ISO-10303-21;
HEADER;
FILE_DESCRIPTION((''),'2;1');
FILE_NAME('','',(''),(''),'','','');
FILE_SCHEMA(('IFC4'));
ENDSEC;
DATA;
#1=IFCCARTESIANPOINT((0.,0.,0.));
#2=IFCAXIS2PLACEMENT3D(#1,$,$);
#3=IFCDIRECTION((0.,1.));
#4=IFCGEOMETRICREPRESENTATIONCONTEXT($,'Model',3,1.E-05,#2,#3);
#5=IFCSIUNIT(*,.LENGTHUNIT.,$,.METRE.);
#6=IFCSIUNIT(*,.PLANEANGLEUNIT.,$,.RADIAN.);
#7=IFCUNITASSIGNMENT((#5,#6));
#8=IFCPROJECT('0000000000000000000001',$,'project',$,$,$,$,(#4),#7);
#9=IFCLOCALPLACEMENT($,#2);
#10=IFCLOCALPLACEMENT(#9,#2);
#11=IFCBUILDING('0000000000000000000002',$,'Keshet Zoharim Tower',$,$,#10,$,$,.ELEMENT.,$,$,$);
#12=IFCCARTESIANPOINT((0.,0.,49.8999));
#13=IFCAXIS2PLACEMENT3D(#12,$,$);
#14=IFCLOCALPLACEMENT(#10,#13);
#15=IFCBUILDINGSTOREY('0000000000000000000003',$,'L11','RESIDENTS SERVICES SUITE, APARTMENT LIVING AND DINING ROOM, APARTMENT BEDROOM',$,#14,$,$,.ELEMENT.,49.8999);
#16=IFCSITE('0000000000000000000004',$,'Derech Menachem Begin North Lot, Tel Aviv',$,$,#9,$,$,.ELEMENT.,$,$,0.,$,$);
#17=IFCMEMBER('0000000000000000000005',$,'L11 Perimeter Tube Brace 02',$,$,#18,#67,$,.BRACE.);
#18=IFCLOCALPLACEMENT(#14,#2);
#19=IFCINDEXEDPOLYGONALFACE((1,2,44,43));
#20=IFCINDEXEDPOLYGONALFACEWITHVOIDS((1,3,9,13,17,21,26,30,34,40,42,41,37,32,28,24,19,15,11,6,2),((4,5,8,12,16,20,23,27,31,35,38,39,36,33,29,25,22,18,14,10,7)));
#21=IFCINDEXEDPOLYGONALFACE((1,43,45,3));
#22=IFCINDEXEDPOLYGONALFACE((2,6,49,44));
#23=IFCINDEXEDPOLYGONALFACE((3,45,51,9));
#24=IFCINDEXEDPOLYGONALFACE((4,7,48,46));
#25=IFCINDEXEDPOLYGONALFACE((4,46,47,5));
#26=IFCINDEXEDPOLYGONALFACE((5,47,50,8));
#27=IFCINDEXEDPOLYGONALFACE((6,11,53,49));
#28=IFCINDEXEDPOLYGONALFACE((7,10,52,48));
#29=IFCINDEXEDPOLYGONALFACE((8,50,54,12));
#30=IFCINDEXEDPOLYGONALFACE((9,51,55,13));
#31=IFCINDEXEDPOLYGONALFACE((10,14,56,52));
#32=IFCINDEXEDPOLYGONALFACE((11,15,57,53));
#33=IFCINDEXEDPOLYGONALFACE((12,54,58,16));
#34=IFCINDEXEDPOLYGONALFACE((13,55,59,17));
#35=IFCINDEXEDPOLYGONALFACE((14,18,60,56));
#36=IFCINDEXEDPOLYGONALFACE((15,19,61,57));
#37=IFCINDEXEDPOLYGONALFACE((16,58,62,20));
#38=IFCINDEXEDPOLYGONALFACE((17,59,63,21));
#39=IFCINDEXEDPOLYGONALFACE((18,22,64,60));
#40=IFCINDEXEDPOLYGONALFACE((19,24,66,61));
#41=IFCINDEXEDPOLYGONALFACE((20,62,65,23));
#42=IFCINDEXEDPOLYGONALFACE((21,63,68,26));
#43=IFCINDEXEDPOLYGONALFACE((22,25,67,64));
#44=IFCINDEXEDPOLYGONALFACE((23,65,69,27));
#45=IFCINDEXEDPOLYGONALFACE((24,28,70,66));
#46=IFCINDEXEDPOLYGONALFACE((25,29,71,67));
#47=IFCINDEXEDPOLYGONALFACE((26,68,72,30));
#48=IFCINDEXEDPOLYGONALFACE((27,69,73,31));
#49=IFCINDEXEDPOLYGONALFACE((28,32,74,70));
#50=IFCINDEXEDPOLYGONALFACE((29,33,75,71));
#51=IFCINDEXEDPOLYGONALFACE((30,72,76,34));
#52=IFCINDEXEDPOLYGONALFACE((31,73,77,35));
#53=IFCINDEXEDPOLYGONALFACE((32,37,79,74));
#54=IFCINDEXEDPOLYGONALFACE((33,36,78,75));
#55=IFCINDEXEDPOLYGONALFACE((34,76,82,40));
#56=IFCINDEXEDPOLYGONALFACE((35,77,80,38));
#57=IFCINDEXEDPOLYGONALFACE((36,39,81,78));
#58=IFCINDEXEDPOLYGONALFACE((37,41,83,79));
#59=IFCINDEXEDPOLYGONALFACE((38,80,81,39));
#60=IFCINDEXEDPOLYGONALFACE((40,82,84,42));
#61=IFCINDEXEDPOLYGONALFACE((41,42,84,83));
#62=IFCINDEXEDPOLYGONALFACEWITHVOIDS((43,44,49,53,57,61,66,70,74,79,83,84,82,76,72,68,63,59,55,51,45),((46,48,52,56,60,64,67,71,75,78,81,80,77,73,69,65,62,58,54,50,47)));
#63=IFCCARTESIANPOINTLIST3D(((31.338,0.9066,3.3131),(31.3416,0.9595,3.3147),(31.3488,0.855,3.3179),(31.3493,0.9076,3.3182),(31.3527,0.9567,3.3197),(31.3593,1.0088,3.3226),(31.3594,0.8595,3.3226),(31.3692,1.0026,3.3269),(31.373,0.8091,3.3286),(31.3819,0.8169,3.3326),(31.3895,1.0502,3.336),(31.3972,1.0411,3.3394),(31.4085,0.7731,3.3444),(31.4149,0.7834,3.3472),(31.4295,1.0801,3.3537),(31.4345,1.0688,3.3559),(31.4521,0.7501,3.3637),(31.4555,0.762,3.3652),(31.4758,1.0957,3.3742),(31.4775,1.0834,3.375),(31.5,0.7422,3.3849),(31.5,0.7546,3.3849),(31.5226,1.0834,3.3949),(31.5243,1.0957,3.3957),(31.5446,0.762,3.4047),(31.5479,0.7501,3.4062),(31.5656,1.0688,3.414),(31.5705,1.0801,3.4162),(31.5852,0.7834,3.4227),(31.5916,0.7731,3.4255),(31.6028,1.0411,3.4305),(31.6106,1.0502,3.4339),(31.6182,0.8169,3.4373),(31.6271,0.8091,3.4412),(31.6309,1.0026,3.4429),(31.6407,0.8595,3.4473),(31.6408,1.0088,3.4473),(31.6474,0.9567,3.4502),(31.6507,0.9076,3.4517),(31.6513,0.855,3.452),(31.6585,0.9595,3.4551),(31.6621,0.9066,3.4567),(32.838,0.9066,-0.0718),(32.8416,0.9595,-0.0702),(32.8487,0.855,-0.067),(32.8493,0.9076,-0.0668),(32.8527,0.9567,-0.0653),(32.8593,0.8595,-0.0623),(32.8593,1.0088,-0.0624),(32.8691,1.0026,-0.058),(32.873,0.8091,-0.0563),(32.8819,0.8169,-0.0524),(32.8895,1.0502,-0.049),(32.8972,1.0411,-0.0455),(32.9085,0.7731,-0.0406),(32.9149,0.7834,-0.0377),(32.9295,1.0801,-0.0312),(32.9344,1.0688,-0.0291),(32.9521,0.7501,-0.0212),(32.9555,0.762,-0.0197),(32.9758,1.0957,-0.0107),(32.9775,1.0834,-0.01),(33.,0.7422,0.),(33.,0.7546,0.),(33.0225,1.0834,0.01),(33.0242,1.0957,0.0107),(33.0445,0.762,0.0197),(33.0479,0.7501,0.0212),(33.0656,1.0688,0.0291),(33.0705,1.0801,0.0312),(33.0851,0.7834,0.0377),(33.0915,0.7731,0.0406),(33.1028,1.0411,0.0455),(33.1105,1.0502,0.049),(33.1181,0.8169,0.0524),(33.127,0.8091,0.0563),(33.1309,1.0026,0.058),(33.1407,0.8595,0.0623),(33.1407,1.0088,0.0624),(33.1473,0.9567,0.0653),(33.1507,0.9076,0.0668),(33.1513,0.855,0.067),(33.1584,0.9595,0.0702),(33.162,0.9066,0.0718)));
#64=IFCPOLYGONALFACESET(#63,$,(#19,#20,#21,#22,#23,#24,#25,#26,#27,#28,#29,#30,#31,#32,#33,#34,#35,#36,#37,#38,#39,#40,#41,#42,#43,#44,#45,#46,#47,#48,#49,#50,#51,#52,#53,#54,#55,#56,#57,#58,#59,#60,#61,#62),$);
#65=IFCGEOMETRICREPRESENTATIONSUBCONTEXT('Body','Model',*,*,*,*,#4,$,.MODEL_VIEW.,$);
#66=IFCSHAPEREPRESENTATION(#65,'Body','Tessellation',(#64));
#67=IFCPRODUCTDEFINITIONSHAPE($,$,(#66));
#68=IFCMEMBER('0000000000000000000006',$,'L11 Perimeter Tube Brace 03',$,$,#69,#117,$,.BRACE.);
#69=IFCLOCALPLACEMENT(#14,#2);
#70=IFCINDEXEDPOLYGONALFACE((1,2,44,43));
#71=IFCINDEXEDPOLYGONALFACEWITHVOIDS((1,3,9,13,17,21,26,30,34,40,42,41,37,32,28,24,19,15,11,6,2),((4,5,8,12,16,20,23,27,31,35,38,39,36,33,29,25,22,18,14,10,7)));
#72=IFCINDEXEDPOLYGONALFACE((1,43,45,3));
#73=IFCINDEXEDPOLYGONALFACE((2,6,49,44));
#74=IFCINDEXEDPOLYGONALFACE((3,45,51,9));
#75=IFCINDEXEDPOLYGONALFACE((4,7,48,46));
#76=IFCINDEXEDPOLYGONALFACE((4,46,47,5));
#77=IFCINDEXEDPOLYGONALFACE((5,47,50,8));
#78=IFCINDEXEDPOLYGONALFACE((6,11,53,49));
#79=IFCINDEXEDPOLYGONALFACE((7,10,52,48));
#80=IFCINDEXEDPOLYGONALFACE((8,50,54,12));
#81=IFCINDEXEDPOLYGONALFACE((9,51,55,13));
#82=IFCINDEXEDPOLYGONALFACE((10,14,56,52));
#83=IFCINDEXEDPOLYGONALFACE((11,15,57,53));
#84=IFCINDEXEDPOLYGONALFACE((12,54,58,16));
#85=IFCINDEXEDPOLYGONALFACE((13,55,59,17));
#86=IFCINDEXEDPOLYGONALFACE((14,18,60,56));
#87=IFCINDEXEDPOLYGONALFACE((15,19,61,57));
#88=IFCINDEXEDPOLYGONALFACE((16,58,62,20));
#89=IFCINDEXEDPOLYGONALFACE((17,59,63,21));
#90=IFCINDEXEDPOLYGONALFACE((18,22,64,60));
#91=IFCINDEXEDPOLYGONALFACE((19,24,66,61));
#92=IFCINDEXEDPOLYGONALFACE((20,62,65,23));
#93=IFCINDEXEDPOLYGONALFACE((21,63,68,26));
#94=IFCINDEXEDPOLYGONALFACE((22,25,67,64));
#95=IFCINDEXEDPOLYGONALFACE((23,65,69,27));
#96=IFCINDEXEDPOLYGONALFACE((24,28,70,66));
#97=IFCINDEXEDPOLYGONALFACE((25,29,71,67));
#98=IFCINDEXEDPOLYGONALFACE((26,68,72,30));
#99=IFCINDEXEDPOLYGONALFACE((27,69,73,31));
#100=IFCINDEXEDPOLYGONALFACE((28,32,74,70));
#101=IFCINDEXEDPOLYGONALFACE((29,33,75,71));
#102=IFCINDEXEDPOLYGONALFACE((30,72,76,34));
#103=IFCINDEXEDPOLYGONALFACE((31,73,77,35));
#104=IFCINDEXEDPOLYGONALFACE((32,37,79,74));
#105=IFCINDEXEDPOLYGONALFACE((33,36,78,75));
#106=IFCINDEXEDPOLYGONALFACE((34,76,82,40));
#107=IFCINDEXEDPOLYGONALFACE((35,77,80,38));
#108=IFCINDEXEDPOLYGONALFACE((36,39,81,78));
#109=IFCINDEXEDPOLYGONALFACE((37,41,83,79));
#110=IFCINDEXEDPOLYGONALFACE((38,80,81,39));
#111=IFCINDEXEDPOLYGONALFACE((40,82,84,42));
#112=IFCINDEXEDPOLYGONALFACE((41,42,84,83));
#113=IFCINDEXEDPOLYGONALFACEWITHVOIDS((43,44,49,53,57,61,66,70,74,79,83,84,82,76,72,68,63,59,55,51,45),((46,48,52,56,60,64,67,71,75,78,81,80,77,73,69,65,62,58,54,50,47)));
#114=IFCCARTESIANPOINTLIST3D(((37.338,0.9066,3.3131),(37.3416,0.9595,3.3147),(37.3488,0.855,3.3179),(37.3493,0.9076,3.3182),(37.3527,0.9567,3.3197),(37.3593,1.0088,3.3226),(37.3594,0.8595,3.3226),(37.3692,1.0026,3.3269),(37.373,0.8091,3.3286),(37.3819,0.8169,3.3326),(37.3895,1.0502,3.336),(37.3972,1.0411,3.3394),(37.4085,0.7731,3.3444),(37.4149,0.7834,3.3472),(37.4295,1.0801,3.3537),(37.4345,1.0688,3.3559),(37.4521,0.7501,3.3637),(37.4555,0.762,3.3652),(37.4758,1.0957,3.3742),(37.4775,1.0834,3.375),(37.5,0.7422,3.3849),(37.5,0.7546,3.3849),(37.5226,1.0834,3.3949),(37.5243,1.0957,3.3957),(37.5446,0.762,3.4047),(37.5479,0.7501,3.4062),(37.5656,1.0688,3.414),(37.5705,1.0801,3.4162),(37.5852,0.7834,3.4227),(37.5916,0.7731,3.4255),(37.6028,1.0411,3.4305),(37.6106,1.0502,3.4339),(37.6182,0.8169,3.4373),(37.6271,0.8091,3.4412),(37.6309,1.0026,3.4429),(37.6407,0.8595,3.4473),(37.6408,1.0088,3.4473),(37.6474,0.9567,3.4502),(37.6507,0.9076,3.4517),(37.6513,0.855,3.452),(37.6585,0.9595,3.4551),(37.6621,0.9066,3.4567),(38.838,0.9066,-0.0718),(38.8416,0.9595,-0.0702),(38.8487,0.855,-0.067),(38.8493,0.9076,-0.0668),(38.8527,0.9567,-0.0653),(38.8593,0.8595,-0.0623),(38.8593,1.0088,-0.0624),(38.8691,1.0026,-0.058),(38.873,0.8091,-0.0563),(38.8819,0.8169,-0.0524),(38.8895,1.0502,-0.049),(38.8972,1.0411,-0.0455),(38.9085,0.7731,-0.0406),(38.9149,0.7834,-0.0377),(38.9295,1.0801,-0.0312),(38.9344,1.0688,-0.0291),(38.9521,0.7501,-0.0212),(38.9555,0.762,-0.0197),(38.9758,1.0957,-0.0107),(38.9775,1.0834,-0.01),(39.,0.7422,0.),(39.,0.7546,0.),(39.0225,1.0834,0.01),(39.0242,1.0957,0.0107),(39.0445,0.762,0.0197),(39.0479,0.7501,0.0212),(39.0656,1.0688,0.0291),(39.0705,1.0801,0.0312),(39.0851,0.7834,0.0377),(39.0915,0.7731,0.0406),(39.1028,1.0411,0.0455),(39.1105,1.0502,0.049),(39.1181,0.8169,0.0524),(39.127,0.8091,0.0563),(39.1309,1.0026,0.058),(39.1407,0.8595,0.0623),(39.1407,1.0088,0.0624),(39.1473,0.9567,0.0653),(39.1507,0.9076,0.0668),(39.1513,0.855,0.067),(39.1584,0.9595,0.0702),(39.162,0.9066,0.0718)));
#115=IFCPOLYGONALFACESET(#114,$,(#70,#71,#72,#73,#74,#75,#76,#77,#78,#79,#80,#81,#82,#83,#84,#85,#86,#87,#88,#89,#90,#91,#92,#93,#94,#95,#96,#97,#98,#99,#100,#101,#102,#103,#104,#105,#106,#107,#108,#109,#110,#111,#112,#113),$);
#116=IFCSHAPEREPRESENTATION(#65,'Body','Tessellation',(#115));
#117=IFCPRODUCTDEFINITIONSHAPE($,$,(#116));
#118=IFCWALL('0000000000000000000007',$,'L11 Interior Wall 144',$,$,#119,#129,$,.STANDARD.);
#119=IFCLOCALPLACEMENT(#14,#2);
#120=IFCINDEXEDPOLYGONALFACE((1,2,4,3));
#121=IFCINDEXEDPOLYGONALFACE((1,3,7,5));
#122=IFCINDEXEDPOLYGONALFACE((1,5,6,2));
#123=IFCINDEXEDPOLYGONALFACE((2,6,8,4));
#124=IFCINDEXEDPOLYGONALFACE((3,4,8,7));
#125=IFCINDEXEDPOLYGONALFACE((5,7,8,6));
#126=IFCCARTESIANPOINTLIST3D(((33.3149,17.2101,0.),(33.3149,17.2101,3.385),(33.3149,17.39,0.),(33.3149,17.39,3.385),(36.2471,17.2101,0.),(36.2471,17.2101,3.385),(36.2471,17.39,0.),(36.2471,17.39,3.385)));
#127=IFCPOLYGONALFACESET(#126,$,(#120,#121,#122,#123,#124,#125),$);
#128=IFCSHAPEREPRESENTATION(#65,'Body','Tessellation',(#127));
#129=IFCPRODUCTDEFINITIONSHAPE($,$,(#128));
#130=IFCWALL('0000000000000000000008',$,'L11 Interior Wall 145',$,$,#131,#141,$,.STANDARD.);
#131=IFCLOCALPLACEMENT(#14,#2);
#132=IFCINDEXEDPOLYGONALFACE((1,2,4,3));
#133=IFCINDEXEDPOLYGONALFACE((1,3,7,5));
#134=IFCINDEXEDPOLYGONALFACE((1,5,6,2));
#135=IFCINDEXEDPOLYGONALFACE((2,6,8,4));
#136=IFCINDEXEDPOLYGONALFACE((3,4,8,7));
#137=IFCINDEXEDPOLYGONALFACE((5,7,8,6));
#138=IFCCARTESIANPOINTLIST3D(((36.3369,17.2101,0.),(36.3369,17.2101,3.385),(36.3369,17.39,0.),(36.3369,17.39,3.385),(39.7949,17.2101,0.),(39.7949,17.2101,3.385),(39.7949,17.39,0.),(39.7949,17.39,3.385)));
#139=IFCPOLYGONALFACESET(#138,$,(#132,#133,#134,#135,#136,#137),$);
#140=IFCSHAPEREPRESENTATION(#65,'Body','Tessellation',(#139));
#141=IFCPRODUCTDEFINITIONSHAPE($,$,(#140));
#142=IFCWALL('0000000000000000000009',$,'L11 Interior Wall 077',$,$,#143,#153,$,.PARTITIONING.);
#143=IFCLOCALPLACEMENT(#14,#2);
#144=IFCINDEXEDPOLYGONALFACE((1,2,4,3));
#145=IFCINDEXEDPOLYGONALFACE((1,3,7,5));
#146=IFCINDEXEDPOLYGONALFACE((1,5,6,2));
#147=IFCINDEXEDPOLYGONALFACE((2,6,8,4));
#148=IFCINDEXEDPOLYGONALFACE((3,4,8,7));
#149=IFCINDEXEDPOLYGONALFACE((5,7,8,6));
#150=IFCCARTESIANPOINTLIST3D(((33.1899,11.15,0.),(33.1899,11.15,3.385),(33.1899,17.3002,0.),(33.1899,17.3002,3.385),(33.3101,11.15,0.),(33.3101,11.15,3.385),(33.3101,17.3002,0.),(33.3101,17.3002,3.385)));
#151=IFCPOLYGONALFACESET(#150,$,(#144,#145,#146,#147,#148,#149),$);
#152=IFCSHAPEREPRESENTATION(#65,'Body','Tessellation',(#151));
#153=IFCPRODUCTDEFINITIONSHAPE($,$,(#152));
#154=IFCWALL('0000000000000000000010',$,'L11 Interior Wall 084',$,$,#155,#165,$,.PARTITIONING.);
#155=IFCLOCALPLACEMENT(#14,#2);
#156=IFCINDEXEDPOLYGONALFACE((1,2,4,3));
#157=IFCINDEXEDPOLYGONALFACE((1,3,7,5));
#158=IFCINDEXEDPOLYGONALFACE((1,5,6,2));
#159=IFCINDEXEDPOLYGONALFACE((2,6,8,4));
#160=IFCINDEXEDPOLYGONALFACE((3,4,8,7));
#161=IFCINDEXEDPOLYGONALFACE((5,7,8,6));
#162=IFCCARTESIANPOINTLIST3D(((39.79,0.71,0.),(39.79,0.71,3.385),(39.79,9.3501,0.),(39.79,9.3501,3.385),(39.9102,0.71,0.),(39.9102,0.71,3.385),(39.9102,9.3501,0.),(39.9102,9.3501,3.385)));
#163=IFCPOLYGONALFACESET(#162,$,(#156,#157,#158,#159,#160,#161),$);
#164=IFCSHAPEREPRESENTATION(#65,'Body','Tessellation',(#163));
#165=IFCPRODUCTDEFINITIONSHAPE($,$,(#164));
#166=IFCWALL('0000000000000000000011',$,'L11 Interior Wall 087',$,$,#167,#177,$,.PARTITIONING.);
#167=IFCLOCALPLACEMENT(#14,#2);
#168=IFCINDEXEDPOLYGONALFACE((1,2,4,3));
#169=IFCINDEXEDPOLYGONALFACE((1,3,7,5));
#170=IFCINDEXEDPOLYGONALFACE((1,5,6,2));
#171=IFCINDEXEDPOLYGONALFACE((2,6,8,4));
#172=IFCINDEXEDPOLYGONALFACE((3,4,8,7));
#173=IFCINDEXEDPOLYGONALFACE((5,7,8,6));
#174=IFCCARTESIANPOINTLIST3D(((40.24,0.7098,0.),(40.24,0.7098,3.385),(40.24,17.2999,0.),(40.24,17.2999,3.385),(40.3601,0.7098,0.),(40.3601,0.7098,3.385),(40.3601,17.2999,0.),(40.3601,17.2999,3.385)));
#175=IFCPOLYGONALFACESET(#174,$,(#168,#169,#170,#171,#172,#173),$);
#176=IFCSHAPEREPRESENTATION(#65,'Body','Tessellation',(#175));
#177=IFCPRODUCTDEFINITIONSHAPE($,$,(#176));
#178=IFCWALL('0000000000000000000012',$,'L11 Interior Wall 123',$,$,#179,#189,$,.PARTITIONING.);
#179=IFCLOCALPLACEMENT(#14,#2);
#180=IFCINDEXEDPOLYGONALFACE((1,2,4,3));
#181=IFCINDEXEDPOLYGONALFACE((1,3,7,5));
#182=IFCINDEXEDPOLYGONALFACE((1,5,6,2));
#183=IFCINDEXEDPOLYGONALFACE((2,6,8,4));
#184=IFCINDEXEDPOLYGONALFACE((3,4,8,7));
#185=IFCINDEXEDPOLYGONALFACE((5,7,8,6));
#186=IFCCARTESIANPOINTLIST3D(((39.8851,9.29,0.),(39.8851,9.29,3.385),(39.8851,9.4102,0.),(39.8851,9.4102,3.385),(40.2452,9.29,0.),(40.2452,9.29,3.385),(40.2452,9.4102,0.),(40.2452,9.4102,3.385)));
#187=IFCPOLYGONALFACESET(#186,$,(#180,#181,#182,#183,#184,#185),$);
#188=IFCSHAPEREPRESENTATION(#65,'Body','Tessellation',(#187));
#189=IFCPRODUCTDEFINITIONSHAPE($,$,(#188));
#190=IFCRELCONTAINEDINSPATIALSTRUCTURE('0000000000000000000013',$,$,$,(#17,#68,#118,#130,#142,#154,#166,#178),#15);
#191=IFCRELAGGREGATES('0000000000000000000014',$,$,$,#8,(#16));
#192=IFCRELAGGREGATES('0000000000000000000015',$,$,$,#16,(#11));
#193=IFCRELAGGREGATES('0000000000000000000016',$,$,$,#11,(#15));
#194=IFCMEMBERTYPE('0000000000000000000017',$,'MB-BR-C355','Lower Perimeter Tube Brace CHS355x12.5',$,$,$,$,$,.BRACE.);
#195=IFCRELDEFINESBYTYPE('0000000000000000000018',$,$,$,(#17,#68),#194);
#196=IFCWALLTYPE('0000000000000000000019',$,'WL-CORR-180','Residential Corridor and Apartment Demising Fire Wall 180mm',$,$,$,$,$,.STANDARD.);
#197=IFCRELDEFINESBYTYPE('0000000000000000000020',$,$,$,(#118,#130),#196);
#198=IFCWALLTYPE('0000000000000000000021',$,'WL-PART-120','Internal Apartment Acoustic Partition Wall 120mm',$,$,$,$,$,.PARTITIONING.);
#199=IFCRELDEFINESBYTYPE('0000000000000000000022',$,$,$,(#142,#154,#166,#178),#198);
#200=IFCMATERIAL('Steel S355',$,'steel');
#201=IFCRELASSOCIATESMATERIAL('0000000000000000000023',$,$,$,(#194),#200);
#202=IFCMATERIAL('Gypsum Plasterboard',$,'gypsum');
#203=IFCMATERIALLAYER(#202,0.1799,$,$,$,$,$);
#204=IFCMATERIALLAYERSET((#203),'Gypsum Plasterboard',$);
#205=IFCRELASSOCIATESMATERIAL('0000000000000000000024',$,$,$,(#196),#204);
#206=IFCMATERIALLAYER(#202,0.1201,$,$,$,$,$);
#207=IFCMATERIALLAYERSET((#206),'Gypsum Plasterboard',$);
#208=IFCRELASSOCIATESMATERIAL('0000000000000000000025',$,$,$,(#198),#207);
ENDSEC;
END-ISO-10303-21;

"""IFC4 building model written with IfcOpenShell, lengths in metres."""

from ifc_helpers import new_model, si_unit, direction, frame, frame_2d, origin, origin_2d, place, context, subcontext, project, spatial, rectangle, hollow_circle, extrude, material, layer, layer_set, material_profile, profile_set, type_object, element, save


model = new_model("IFC4")

# Units and contexts
model_context = context("Model", 3, precision=1e-05, world=origin(), true_north=direction((0.0, 1.0)))
body_context = subcontext(model_context, "Body", "Model", "MODEL_VIEW")
ifc_project = project(units=[si_unit("LENGTHUNIT", "METRE"), si_unit("PLANEANGLEUNIT", "RADIAN")], contexts=[model_context])

# Site, building, storey
site_placement = place(None, origin())
site = spatial("IfcSite", under=ifc_project, at=site_placement, Name="Derech Menachem Begin North Lot, Tel Aviv", CompositionType="ELEMENT", RefElevation=0.0)
building_placement = place(site_placement, origin())
building = spatial("IfcBuilding", under=site, at=building_placement, Name="Keshet Zoharim Tower", CompositionType="ELEMENT")
storey_placement = place(building_placement, frame((0.0, 0.0, 49.8999)))
storey = spatial("IfcBuildingStorey", under=building, at=storey_placement, Name="L11", Description="RESIDENTS SERVICES SUITE, APARTMENT LIVING AND DINING ROOM, APARTMENT BEDROOM", CompositionType="ELEMENT", Elevation=49.8999)

# Shared definitions
ifc_material_1 = material(Name="Steel S355", Category="steel")

# Members
ifc_material_profile_1 = material_profile(ifc_material_1, hollow_circle(Radius=0.1777, WallThickness=0.0125, at=origin_2d()), Name="CHS355x12.5")
ifc_profile_set_1 = profile_set([ifc_material_profile_1], Name="Steel S355")
member_type = type_object("IfcMemberType", Name="MB-BR-C355", Description="Lower Perimeter Tube Brace CHS355x12.5", PredefinedType="BRACE", material=ifc_profile_set_1)
for number, where, z_axis, x_axis, name in (
    (1, (33.0, 0.9199, 0.0), (-0.405135, 0.0, 0.914257), (0.0, -1.0, 0.0), "L11 Perimeter Tube Brace 02"),
    (2, (39.0, 0.9199, 0.0), (-0.405135, 0.0, 0.914257), (0.0, -1.0, 0.0), "L11 Perimeter Tube Brace 03"),
):
    element("IfcMember", number, at=place(storey_placement, frame(where, z_axis=z_axis, x_axis=x_axis)), inside=storey, type_object=member_type, Name=name, PredefinedType="BRACE", context=body_context, shape_type="SweptSolid", body=[
        extrude(hollow_circle(Radius=0.1777, WallThickness=0.0125, at=origin_2d()), origin(), (0.0, 0.0, 1.0), 3.7024),
    ])

# Walls
ifc_material_2 = material(Name="Gypsum Plasterboard", Category="gypsum")
ifc_layer_1 = layer(ifc_material_2, 0.1799)
ifc_layer_set_1 = layer_set([ifc_layer_1], Name="Gypsum Plasterboard")
wall_type_1 = type_object("IfcWallType", Name="WL-CORR-180", Description="Residential Corridor and Apartment Demising Fire Wall 180mm", PredefinedType="STANDARD", material=ifc_layer_set_1)
wall_1_placement = place(storey_placement, frame((33.3149, 17.3, 0.0), z_axis=(0.0, 0.0, 1.0), x_axis=(1.0, 0.0, 0.0)))
element("IfcWall", 3, at=wall_1_placement, inside=storey, type_object=wall_type_1, Name="L11 Interior Wall 144", PredefinedType="STANDARD", context=body_context, shape_type="SweptSolid", body=[
    extrude(rectangle(XDim=2.9321, YDim=0.1799, at=frame_2d((1.4661, 0.0))), origin(), (0.0, 0.0, 1.0), 3.385),
])
wall_2_placement = place(storey_placement, frame((36.3369, 17.3, 0.0), z_axis=(0.0, 0.0, 1.0), x_axis=(1.0, 0.0, 0.0)))
element("IfcWall", 4, at=wall_2_placement, inside=storey, type_object=wall_type_1, Name="L11 Interior Wall 145", PredefinedType="STANDARD", context=body_context, shape_type="SweptSolid", body=[
    extrude(rectangle(XDim=3.458, YDim=0.1799, at=frame_2d((1.729, 0.0))), origin(), (0.0, 0.0, 1.0), 3.385),
])

# Walls
ifc_layer_2 = layer(ifc_material_2, 0.1201)
ifc_layer_set_2 = layer_set([ifc_layer_2], Name="Gypsum Plasterboard")
wall_type_2 = type_object("IfcWallType", Name="WL-PART-120", Description="Internal Apartment Acoustic Partition Wall 120mm", PredefinedType="PARTITIONING", material=ifc_layer_set_2)
wall_3_placement = place(storey_placement, frame((33.25, 11.1499, 0.0), z_axis=(0.0, 0.0, 1.0), x_axis=(0.0, 1.0, 0.0)))
element("IfcWall", 5, at=wall_3_placement, inside=storey, type_object=wall_type_2, Name="L11 Interior Wall 077", PredefinedType="PARTITIONING", context=body_context, shape_type="SweptSolid", body=[
    extrude(rectangle(XDim=6.1501, YDim=0.1201, at=frame_2d((3.0752, 0.0))), origin(), (0.0, 0.0, 1.0), 3.385),
])
wall_4_placement = place(storey_placement, frame((39.8501, 0.71, 0.0), z_axis=(0.0, 0.0, 1.0), x_axis=(0.0, 1.0, 0.0)))
element("IfcWall", 6, at=wall_4_placement, inside=storey, type_object=wall_type_2, Name="L11 Interior Wall 084", PredefinedType="PARTITIONING", context=body_context, shape_type="SweptSolid", body=[
    extrude(rectangle(XDim=8.6401, YDim=0.1201, at=frame_2d((4.3201, 0.0))), origin(), (0.0, 0.0, 1.0), 3.385),
])
wall_5_placement = place(storey_placement, frame((40.3, 0.71, 0.0), z_axis=(0.0, 0.0, 1.0), x_axis=(0.0, 1.0, 0.0)))
element("IfcWall", 7, at=wall_5_placement, inside=storey, type_object=wall_type_2, Name="L11 Interior Wall 087", PredefinedType="PARTITIONING", context=body_context, shape_type="SweptSolid", body=[
    extrude(rectangle(XDim=16.5901, YDim=0.1201, at=frame_2d((8.2949, 0.0))), origin(), (0.0, 0.0, 1.0), 3.385),
])

# Wall
wall_6_placement = place(storey_placement, frame((39.885, 9.3501, 0.0), z_axis=(0.0, 0.0, 1.0), x_axis=(1.0, 0.0, 0.0)))
element("IfcWall", 8, at=wall_6_placement, inside=storey, type_object=wall_type_2, Name="L11 Interior Wall 123", PredefinedType="PARTITIONING", context=body_context, shape_type="SweptSolid", body=[
    extrude(rectangle(XDim=0.3601, YDim=0.1201, at=frame_2d((0.1802, 0.0))), origin(), (0.0, 0.0, 1.0), 3.385),
])

save(model, "model.ifc")
